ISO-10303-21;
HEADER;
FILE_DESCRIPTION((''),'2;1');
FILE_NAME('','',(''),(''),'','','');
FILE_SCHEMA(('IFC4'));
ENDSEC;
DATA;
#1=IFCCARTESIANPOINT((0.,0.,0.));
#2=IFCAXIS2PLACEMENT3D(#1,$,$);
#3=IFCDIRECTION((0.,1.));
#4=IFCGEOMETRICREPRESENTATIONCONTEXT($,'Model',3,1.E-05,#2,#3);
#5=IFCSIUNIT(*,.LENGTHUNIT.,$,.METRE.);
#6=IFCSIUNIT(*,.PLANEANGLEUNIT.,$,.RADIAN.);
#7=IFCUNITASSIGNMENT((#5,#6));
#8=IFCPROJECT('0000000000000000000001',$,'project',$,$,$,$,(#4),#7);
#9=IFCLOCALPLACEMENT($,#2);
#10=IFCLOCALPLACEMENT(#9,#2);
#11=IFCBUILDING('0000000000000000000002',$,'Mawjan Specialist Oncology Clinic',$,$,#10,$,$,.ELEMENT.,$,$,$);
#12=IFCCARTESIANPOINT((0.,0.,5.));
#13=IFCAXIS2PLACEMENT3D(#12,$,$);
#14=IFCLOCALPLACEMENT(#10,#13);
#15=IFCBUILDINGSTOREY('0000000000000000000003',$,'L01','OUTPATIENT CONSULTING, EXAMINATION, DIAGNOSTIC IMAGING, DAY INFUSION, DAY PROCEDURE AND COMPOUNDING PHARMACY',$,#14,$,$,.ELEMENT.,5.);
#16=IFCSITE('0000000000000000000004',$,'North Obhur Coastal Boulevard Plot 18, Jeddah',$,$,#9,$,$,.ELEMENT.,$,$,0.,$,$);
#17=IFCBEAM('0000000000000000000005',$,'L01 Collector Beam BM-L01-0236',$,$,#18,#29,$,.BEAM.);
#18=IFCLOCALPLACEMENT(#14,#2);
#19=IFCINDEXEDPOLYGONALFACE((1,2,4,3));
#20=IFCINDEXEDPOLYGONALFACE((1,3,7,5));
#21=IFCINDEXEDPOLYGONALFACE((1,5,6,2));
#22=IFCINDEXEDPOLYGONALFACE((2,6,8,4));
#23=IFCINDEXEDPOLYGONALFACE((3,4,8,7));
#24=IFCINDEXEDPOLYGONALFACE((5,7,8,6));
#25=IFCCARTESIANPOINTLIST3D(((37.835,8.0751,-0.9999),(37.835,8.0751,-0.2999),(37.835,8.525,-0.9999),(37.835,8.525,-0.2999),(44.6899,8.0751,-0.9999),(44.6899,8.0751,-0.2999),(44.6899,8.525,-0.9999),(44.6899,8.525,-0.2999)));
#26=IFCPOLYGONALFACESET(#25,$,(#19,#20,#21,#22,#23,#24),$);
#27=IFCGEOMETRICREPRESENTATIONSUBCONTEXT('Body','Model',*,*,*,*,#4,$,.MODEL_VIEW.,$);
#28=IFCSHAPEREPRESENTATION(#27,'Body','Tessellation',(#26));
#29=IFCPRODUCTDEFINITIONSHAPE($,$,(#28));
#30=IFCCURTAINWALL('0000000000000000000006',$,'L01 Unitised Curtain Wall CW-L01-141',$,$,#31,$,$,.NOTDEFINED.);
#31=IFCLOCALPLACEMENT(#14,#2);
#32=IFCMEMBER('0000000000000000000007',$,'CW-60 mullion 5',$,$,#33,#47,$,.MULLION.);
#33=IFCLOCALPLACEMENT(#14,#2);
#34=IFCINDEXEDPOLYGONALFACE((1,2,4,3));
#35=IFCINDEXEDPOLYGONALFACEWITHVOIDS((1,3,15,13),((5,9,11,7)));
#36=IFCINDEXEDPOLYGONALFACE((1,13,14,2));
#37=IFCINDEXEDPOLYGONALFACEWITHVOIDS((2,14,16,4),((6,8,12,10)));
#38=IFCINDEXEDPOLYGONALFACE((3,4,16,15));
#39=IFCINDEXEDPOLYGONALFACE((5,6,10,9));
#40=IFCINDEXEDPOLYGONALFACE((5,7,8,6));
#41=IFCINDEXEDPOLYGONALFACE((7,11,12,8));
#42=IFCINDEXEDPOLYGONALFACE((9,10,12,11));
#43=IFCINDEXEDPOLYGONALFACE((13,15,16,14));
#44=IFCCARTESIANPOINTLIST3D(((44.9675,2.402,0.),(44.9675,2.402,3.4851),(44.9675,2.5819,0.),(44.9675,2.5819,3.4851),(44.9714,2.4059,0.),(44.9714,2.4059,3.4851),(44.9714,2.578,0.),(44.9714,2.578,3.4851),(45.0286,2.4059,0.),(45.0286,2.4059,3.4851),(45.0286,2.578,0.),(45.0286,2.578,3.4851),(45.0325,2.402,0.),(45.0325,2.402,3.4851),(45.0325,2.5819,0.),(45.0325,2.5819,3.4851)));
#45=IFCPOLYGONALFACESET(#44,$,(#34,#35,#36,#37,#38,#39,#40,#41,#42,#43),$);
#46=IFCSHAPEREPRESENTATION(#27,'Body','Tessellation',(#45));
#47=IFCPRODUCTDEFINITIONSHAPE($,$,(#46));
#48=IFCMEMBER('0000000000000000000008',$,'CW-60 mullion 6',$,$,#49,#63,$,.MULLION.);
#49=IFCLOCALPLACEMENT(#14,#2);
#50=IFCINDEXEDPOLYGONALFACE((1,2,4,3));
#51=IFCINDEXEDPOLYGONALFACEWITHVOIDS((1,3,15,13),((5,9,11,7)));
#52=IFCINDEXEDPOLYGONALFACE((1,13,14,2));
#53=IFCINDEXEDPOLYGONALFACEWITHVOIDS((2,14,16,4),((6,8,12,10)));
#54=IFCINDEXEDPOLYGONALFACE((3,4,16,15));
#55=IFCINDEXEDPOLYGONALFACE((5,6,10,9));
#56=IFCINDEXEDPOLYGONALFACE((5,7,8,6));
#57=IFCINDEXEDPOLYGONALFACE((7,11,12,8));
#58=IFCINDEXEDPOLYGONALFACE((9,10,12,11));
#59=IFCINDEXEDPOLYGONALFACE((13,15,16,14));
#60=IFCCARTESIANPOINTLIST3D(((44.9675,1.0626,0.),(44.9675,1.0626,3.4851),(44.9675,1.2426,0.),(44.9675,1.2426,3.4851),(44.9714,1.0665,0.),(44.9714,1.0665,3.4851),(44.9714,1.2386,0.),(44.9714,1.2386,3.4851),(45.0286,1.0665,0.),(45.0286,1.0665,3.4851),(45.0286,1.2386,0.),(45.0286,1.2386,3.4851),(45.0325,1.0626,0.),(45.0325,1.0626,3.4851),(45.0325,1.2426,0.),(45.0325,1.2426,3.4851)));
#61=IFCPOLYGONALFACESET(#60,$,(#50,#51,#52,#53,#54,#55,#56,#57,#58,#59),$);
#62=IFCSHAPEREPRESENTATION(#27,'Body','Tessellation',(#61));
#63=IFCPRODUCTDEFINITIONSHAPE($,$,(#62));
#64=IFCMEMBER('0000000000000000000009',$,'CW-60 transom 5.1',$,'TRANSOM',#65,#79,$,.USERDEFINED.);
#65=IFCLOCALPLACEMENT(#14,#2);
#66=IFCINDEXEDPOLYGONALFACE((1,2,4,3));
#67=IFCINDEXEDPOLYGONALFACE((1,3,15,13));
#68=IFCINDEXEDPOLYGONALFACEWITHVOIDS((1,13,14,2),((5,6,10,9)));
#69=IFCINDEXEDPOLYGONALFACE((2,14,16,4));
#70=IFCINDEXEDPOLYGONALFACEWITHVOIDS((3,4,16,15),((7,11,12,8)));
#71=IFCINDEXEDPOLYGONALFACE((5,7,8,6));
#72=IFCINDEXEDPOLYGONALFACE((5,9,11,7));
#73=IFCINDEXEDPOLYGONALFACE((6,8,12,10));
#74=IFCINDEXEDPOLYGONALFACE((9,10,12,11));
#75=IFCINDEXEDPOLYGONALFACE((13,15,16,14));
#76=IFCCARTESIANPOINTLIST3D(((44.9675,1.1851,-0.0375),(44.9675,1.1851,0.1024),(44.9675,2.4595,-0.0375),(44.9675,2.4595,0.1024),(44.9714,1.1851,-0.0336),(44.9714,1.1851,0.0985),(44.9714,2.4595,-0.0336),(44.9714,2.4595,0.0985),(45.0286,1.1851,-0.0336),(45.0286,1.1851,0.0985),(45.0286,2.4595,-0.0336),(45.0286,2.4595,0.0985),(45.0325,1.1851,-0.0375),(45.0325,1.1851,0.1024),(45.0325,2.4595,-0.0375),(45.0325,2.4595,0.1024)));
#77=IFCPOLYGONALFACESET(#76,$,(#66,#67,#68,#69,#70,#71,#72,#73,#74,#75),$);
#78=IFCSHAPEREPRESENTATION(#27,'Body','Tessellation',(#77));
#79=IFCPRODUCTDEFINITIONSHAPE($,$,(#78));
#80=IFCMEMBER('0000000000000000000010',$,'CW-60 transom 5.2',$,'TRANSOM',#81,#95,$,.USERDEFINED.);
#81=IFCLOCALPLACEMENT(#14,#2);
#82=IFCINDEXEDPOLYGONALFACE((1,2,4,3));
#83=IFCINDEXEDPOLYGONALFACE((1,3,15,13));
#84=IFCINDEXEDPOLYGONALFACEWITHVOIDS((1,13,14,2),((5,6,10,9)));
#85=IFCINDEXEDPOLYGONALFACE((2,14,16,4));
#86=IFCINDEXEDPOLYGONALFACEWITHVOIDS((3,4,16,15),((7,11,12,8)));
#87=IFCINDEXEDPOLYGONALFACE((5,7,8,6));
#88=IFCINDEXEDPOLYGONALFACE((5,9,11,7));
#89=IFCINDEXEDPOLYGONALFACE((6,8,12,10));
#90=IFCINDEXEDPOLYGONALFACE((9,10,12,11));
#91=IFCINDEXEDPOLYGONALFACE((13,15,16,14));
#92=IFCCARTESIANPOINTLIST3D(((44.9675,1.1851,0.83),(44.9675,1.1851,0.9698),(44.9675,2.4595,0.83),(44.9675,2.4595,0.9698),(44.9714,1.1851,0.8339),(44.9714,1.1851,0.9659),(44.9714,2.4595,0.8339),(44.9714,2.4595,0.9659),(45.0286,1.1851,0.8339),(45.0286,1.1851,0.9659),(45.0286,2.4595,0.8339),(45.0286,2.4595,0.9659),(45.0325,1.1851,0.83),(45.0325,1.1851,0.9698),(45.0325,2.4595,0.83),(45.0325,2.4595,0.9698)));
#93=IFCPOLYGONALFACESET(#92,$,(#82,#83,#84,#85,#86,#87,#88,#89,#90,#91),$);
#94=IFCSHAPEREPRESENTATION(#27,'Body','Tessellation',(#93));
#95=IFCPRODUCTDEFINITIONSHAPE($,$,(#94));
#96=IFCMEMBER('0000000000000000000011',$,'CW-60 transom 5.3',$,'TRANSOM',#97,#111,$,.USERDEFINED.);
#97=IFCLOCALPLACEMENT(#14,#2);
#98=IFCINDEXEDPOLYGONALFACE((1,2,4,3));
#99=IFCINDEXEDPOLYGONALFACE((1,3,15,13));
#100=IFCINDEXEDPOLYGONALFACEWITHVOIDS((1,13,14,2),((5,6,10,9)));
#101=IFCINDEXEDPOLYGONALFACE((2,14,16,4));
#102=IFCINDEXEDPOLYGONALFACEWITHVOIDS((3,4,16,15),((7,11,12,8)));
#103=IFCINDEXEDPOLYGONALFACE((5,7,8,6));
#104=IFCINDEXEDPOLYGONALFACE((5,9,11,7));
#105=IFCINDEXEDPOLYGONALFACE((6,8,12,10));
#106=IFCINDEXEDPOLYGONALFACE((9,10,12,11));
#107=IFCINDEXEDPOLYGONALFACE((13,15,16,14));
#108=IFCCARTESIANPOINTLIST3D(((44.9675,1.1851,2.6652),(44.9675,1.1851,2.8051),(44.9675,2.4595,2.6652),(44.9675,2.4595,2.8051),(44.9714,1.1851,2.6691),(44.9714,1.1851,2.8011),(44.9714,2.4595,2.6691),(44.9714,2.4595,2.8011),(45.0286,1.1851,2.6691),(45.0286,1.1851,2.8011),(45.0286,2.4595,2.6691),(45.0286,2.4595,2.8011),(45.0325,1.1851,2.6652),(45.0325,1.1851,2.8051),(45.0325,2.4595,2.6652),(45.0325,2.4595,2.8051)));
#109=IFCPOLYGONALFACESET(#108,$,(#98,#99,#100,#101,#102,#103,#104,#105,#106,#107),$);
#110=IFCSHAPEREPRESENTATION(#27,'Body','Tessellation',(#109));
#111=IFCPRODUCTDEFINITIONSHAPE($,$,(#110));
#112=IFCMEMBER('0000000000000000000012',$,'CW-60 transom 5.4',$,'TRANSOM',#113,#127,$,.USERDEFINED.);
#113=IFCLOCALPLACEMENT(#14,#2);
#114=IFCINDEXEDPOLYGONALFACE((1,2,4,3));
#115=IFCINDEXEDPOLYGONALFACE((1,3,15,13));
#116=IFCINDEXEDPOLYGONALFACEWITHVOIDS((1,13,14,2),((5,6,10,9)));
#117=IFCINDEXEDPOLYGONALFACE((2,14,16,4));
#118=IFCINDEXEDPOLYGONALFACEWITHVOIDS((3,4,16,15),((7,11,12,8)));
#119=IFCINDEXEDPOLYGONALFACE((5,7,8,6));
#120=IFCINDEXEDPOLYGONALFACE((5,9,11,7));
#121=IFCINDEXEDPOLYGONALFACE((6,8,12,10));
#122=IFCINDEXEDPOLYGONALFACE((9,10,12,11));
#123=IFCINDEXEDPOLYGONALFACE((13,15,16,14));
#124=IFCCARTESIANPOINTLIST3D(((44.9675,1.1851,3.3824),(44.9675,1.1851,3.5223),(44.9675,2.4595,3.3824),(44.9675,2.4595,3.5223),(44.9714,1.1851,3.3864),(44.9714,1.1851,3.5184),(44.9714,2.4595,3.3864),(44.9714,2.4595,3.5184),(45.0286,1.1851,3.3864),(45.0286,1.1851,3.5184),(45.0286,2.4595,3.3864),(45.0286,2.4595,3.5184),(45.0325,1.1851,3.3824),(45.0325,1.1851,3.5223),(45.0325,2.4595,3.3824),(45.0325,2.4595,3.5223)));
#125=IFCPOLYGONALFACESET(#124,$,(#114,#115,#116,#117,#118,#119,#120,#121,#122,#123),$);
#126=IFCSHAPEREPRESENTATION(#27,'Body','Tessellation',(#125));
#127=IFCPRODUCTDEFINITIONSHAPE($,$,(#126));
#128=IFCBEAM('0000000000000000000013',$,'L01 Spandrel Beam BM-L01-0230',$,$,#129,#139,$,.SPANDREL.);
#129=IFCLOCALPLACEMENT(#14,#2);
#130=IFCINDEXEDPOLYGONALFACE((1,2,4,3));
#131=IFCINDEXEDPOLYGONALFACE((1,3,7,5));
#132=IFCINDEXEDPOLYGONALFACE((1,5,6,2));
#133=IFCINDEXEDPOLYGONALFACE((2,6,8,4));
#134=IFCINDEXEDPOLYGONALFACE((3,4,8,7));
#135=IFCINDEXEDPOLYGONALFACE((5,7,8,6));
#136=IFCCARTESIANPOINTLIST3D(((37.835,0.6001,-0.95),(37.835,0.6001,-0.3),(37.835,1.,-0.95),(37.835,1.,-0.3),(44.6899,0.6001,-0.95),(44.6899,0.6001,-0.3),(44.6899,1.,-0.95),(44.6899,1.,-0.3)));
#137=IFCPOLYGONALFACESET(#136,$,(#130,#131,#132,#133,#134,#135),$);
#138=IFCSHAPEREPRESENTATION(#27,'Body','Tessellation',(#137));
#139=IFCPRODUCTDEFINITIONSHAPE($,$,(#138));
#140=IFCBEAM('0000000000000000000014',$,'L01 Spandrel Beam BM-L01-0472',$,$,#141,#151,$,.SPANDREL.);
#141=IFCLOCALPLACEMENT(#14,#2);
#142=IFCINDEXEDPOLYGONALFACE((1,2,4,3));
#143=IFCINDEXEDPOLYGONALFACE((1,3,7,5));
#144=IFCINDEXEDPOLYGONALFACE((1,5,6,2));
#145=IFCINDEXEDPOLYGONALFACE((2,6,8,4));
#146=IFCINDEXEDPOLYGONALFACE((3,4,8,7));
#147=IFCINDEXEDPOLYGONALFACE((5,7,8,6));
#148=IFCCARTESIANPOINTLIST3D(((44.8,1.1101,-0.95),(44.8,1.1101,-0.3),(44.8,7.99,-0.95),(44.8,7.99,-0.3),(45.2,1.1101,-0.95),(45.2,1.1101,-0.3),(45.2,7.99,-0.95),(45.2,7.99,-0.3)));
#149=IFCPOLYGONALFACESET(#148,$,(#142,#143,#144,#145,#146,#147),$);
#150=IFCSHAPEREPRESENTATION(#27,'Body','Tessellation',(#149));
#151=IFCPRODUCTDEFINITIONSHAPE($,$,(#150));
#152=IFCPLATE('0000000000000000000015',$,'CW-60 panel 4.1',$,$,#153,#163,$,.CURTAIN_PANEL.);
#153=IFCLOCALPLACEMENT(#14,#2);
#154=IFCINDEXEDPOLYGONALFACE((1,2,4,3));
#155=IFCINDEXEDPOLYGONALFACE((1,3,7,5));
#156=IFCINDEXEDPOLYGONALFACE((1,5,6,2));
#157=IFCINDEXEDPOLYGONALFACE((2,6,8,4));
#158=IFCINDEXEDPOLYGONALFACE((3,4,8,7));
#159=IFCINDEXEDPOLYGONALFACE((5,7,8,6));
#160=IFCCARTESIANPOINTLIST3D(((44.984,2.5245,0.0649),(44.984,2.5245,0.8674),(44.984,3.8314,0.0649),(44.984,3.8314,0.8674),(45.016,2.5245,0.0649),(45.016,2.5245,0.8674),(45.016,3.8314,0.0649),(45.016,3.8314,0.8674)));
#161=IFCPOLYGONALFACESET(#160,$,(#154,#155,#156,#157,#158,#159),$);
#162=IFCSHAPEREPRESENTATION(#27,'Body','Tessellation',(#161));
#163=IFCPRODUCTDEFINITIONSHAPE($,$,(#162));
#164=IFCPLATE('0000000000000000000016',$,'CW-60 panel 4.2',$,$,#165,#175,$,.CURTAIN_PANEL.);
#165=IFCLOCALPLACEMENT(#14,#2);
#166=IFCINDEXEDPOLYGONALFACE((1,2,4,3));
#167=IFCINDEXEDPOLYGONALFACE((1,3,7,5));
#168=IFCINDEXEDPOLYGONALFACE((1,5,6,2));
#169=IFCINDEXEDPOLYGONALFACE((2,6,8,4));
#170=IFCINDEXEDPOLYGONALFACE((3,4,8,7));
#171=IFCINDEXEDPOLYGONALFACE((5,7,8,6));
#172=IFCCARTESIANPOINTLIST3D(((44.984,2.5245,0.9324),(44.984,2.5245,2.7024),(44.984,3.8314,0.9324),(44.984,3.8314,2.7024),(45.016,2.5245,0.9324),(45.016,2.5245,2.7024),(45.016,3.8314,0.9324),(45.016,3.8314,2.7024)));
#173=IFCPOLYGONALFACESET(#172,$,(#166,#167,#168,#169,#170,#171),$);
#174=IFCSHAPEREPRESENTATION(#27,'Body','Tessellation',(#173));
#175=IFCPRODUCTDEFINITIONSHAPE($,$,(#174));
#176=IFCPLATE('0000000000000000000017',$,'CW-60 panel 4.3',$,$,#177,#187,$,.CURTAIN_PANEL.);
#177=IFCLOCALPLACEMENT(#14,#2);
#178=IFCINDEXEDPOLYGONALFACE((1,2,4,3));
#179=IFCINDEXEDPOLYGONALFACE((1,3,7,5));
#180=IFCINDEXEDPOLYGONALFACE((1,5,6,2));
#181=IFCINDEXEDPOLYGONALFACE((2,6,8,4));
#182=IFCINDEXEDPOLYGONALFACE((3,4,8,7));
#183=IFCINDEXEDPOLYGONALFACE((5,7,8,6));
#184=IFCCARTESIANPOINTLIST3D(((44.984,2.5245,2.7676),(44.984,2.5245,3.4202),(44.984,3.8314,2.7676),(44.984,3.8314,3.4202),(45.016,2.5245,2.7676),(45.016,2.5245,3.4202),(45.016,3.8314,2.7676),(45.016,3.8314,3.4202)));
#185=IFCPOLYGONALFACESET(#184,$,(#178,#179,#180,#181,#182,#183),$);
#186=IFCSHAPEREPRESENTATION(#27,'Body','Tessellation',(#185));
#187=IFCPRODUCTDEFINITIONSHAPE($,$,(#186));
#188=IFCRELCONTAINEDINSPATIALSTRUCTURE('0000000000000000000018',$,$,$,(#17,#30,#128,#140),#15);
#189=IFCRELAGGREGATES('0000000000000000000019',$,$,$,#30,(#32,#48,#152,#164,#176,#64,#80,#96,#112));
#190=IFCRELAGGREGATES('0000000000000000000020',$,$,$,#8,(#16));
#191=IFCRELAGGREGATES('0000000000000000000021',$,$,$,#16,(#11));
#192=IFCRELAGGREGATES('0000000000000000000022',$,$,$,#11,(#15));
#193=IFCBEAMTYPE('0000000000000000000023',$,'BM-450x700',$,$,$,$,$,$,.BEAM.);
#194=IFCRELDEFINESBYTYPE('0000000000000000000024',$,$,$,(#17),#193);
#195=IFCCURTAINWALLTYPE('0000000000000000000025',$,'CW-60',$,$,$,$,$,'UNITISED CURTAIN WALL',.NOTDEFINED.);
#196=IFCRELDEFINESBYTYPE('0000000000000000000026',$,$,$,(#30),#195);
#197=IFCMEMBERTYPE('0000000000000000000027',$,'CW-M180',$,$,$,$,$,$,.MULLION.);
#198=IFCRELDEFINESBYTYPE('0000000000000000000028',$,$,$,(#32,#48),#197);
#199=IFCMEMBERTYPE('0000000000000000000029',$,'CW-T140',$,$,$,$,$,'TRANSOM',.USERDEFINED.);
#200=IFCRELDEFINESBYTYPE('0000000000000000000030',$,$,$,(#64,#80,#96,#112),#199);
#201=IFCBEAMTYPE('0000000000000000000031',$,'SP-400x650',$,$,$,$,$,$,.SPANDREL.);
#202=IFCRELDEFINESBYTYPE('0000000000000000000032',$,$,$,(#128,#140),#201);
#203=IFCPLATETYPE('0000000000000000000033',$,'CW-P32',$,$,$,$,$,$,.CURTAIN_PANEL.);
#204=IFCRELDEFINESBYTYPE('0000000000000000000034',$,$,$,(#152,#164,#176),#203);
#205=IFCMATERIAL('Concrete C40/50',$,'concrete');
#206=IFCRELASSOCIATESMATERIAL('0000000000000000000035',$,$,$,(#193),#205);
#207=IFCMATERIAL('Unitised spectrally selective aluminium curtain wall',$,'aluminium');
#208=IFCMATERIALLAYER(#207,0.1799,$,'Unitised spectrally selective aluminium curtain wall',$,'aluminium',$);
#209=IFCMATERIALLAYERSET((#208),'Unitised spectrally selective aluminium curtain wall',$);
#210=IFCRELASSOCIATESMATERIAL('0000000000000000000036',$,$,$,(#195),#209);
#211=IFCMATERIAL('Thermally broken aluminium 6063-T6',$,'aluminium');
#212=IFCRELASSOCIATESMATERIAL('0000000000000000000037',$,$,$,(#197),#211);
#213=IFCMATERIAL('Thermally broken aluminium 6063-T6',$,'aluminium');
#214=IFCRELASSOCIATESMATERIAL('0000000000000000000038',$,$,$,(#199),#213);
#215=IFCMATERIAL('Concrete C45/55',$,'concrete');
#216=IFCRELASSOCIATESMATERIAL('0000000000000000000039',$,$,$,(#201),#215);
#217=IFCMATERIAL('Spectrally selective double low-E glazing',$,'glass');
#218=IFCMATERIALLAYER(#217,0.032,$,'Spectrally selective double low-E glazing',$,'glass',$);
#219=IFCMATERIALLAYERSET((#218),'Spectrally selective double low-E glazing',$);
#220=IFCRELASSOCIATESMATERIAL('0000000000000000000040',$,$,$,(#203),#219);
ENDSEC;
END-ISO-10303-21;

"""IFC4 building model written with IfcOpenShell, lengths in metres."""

from ifc_helpers import new_model, si_unit, direction, frame, origin, origin_2d, place, context, subcontext, project, spatial, rectangle, hollow_rectangle, extrude, material, layer, layer_set, material_profile, profile_set, type_object, element, aggregate, save


model = new_model("IFC4")

# Units and contexts
model_context = context("Model", 3, precision=1e-05, world=origin(), true_north=direction((0.0, 1.0)))
body_context = subcontext(model_context, "Body", "Model", "MODEL_VIEW")
ifc_project = project(units=[si_unit("LENGTHUNIT", "METRE"), si_unit("PLANEANGLEUNIT", "RADIAN")], contexts=[model_context])

# Site, building, storey
site_placement = place(None, origin())
site = spatial("IfcSite", under=ifc_project, at=site_placement, Name="North Obhur Coastal Boulevard Plot 18, Jeddah", CompositionType="ELEMENT", RefElevation=0.0)
building_placement = place(site_placement, origin())
building = spatial("IfcBuilding", under=site, at=building_placement, Name="Mawjan Specialist Oncology Clinic", CompositionType="ELEMENT")
storey_placement = place(building_placement, frame((0.0, 0.0, 5.0)))
storey = spatial("IfcBuildingStorey", under=building, at=storey_placement, Name="L01", Description="OUTPATIENT CONSULTING, EXAMINATION, DIAGNOSTIC IMAGING, DAY INFUSION, DAY PROCEDURE AND COMPOUNDING PHARMACY", CompositionType="ELEMENT", Elevation=5.0)

# Beam
ifc_material_1 = material(Name="Concrete C40/50", Category="concrete")
ifc_material_profile_1 = material_profile(ifc_material_1, rectangle(XDim=0.45, YDim=0.7, at=origin_2d()), Name="RC BM 450x700", Category="concrete")
ifc_profile_set_1 = profile_set([ifc_material_profile_1], Name="Concrete C40/50")
beam_type_1 = type_object("IfcBeamType", Name="BM-450x700", PredefinedType="BEAM", material=ifc_profile_set_1)
beam_1_placement = place(storey_placement, frame((37.835, 8.3, -0.6499), z_axis=(1.0, 0.0, 0.0), x_axis=(0.0, 1.0, 0.0)))
element("IfcBeam", 1, at=beam_1_placement, inside=storey, type_object=beam_type_1, Name="L01 Collector Beam BM-L01-0236", PredefinedType="BEAM", context=body_context, shape_type="SweptSolid", body=[
    extrude(rectangle(XDim=0.45, YDim=0.7, at=origin_2d()), origin(), (0.0, 0.0, 1.0), 6.855),
])

# Curtain wall, members
ifc_material_2 = material(Name="Unitised spectrally selective aluminium curtain wall", Category="aluminium")
ifc_layer_1 = layer(ifc_material_2, 0.1799, Name="Unitised spectrally selective aluminium curtain wall", Category="aluminium")
ifc_layer_set_1 = layer_set([ifc_layer_1], Name="Unitised spectrally selective aluminium curtain wall")
curtain_wall_type = type_object("IfcCurtainWallType", Name="CW-60", ElementType="UNITISED CURTAIN WALL", PredefinedType="NOTDEFINED", material=ifc_layer_set_1)
curtain_wall_placement = place(storey_placement, origin())
curtain_wall = element("IfcCurtainWall", 2, at=curtain_wall_placement, inside=storey, type_object=curtain_wall_type, Name="L01 Unitised Curtain Wall CW-L01-141", PredefinedType="NOTDEFINED")
ifc_material_3 = material(Name="Thermally broken aluminium 6063-T6", Category="aluminium")
ifc_material_profile_2 = material_profile(ifc_material_3, hollow_rectangle(XDim=0.0649, YDim=0.1799, WallThickness=0.0039, at=origin_2d()), Name="ALU MULLION 180x65x4", Category="aluminium")
ifc_profile_set_2 = profile_set([ifc_material_profile_2], Name="Thermally broken aluminium 6063-T6")
member_type_1 = type_object("IfcMemberType", Name="CW-M180", PredefinedType="MULLION", material=ifc_profile_set_2)
member_1_placement = place(storey_placement, frame((45.0, 2.4919, 0.0), z_axis=(0.0, 0.0, 1.0), x_axis=(1.0, 0.0, 0.0)))
member_1 = element("IfcMember", 3, at=member_1_placement, type_object=member_type_1, Name="CW-60 mullion 5", PredefinedType="MULLION", context=body_context, shape_type="SweptSolid", body=[
    extrude(hollow_rectangle(XDim=0.0649, YDim=0.1799, WallThickness=0.0039, at=origin_2d()), origin(), (0.0, 0.0, 1.0), 3.4851),
])
member_2_placement = place(storey_placement, frame((45.0, 1.1526, 0.0), z_axis=(0.0, 0.0, 1.0), x_axis=(1.0, 0.0, 0.0)))
member_2 = element("IfcMember", 4, at=member_2_placement, type_object=member_type_1, Name="CW-60 mullion 6", PredefinedType="MULLION", context=body_context, shape_type="SweptSolid", body=[
    extrude(hollow_rectangle(XDim=0.0649, YDim=0.1799, WallThickness=0.0039, at=origin_2d()), origin(), (0.0, 0.0, 1.0), 3.4851),
])
ifc_material_4 = material(Name="Thermally broken aluminium 6063-T6", Category="aluminium")
ifc_material_profile_3 = material_profile(ifc_material_4, hollow_rectangle(XDim=0.0649, YDim=0.1399, WallThickness=0.0039, at=origin_2d()), Name="ALU TRANSOM 140x65x4", Category="aluminium")
ifc_profile_set_3 = profile_set([ifc_material_profile_3], Name="Thermally broken aluminium 6063-T6")
member_type_2 = type_object("IfcMemberType", Name="CW-T140", ElementType="TRANSOM", PredefinedType="USERDEFINED", material=ifc_profile_set_3)
member_3_placement = place(storey_placement, frame((45.0, 2.4595, 0.0325), z_axis=(0.0, -1.0, 0.0), x_axis=(1.0, 0.0, 0.0)))
member_3 = element("IfcMember", 5, at=member_3_placement, type_object=member_type_2, Name="CW-60 transom 5.1", ObjectType="TRANSOM", PredefinedType="USERDEFINED", context=body_context, shape_type="SweptSolid", body=[
    extrude(hollow_rectangle(XDim=0.0649, YDim=0.1399, WallThickness=0.0039, at=origin_2d()), origin(), (0.0, 0.0, 1.0), 1.2744),
])
member_4_placement = place(storey_placement, frame((45.0, 2.4595, 0.8999), z_axis=(0.0, -1.0, 0.0), x_axis=(1.0, 0.0, 0.0)))
member_4 = element("IfcMember", 6, at=member_4_placement, type_object=member_type_2, Name="CW-60 transom 5.2", ObjectType="TRANSOM", PredefinedType="USERDEFINED", context=body_context, shape_type="SweptSolid", body=[
    extrude(hollow_rectangle(XDim=0.0649, YDim=0.1399, WallThickness=0.0039, at=origin_2d()), origin(), (0.0, 0.0, 1.0), 1.2744),
])
member_5_placement = place(storey_placement, frame((45.0, 2.4595, 2.7351), z_axis=(0.0, -1.0, 0.0), x_axis=(1.0, 0.0, 0.0)))
member_5 = element("IfcMember", 7, at=member_5_placement, type_object=member_type_2, Name="CW-60 transom 5.3", ObjectType="TRANSOM", PredefinedType="USERDEFINED", context=body_context, shape_type="SweptSolid", body=[
    extrude(hollow_rectangle(XDim=0.0649, YDim=0.1399, WallThickness=0.0039, at=origin_2d()), origin(), (0.0, 0.0, 1.0), 1.2744),
])
member_6_placement = place(storey_placement, frame((45.0, 2.4595, 3.4524), z_axis=(0.0, -1.0, 0.0), x_axis=(1.0, 0.0, 0.0)))
member_6 = element("IfcMember", 8, at=member_6_placement, type_object=member_type_2, Name="CW-60 transom 5.4", ObjectType="TRANSOM", PredefinedType="USERDEFINED", context=body_context, shape_type="SweptSolid", body=[
    extrude(hollow_rectangle(XDim=0.0649, YDim=0.1399, WallThickness=0.0039, at=origin_2d()), origin(), (0.0, 0.0, 1.0), 1.2744),
])

# Beams
ifc_material_5 = material(Name="Concrete C45/55", Category="concrete")
ifc_material_profile_4 = material_profile(ifc_material_5, rectangle(XDim=0.3999, YDim=0.6499, at=origin_2d()), Name="RC BM 400x650", Category="concrete")
ifc_profile_set_4 = profile_set([ifc_material_profile_4], Name="Concrete C45/55")
beam_type_2 = type_object("IfcBeamType", Name="SP-400x650", PredefinedType="SPANDREL", material=ifc_profile_set_4)
beam_2_placement = place(storey_placement, frame((37.835, 0.8, -0.625), z_axis=(1.0, 0.0, 0.0), x_axis=(0.0, 1.0, 0.0)))
element("IfcBeam", 9, at=beam_2_placement, inside=storey, type_object=beam_type_2, Name="L01 Spandrel Beam BM-L01-0230", PredefinedType="SPANDREL", context=body_context, shape_type="SweptSolid", body=[
    extrude(rectangle(XDim=0.3999, YDim=0.6499, at=origin_2d()), origin(), (0.0, 0.0, 1.0), 6.855),
])
beam_3_placement = place(storey_placement, frame((45.0, 1.1101, -0.625), z_axis=(0.0, 1.0, 0.0), x_axis=(-1.0, 0.0, 0.0)))
element("IfcBeam", 10, at=beam_3_placement, inside=storey, type_object=beam_type_2, Name="L01 Spandrel Beam BM-L01-0472", PredefinedType="SPANDREL", context=body_context, shape_type="SweptSolid", body=[
    extrude(rectangle(XDim=0.3999, YDim=0.6499, at=origin_2d()), origin(), (0.0, 0.0, 1.0), 6.8799),
])

# Plates
ifc_material_6 = material(Name="Spectrally selective double low-E glazing", Category="glass")
ifc_layer_2 = layer(ifc_material_6, 0.032, Name="Spectrally selective double low-E glazing", Category="glass")
ifc_layer_set_2 = layer_set([ifc_layer_2], Name="Spectrally selective double low-E glazing")
plate_type = type_object("IfcPlateType", Name="CW-P32", PredefinedType="CURTAIN_PANEL", material=ifc_layer_set_2)
plate_1_placement = place(storey_placement, frame((45.0, 3.178, 0.0649), z_axis=(0.0, 0.0, 1.0), x_axis=(0.0, -1.0, 0.0)))
plate_1 = element("IfcPlate", 11, at=plate_1_placement, type_object=plate_type, Name="CW-60 panel 4.1", PredefinedType="CURTAIN_PANEL", context=body_context, shape_type="SweptSolid", body=[
    extrude(rectangle(XDim=1.3069, YDim=0.032, at=origin_2d()), origin(), (0.0, 0.0, 1.0), 0.8025),
])
plate_2_placement = place(storey_placement, frame((45.0, 3.178, 0.9324), z_axis=(0.0, 0.0, 1.0), x_axis=(0.0, -1.0, 0.0)))
plate_2 = element("IfcPlate", 12, at=plate_2_placement, type_object=plate_type, Name="CW-60 panel 4.2", PredefinedType="CURTAIN_PANEL", context=body_context, shape_type="SweptSolid", body=[
    extrude(rectangle(XDim=1.3069, YDim=0.032, at=origin_2d()), origin(), (0.0, 0.0, 1.0), 1.77),
])
plate_3_placement = place(storey_placement, frame((45.0, 3.178, 2.7676), z_axis=(0.0, 0.0, 1.0), x_axis=(0.0, -1.0, 0.0)))
plate_3 = element("IfcPlate", 13, at=plate_3_placement, type_object=plate_type, Name="CW-60 panel 4.3", PredefinedType="CURTAIN_PANEL", context=body_context, shape_type="SweptSolid", body=[
    extrude(rectangle(XDim=1.3069, YDim=0.032, at=origin_2d()), origin(), (0.0, 0.0, 1.0), 0.6526),
])
aggregate(curtain_wall, [member_1, member_2, plate_1, plate_2, plate_3, member_3, member_4, member_5, member_6])

save(model, "model.ifc")
